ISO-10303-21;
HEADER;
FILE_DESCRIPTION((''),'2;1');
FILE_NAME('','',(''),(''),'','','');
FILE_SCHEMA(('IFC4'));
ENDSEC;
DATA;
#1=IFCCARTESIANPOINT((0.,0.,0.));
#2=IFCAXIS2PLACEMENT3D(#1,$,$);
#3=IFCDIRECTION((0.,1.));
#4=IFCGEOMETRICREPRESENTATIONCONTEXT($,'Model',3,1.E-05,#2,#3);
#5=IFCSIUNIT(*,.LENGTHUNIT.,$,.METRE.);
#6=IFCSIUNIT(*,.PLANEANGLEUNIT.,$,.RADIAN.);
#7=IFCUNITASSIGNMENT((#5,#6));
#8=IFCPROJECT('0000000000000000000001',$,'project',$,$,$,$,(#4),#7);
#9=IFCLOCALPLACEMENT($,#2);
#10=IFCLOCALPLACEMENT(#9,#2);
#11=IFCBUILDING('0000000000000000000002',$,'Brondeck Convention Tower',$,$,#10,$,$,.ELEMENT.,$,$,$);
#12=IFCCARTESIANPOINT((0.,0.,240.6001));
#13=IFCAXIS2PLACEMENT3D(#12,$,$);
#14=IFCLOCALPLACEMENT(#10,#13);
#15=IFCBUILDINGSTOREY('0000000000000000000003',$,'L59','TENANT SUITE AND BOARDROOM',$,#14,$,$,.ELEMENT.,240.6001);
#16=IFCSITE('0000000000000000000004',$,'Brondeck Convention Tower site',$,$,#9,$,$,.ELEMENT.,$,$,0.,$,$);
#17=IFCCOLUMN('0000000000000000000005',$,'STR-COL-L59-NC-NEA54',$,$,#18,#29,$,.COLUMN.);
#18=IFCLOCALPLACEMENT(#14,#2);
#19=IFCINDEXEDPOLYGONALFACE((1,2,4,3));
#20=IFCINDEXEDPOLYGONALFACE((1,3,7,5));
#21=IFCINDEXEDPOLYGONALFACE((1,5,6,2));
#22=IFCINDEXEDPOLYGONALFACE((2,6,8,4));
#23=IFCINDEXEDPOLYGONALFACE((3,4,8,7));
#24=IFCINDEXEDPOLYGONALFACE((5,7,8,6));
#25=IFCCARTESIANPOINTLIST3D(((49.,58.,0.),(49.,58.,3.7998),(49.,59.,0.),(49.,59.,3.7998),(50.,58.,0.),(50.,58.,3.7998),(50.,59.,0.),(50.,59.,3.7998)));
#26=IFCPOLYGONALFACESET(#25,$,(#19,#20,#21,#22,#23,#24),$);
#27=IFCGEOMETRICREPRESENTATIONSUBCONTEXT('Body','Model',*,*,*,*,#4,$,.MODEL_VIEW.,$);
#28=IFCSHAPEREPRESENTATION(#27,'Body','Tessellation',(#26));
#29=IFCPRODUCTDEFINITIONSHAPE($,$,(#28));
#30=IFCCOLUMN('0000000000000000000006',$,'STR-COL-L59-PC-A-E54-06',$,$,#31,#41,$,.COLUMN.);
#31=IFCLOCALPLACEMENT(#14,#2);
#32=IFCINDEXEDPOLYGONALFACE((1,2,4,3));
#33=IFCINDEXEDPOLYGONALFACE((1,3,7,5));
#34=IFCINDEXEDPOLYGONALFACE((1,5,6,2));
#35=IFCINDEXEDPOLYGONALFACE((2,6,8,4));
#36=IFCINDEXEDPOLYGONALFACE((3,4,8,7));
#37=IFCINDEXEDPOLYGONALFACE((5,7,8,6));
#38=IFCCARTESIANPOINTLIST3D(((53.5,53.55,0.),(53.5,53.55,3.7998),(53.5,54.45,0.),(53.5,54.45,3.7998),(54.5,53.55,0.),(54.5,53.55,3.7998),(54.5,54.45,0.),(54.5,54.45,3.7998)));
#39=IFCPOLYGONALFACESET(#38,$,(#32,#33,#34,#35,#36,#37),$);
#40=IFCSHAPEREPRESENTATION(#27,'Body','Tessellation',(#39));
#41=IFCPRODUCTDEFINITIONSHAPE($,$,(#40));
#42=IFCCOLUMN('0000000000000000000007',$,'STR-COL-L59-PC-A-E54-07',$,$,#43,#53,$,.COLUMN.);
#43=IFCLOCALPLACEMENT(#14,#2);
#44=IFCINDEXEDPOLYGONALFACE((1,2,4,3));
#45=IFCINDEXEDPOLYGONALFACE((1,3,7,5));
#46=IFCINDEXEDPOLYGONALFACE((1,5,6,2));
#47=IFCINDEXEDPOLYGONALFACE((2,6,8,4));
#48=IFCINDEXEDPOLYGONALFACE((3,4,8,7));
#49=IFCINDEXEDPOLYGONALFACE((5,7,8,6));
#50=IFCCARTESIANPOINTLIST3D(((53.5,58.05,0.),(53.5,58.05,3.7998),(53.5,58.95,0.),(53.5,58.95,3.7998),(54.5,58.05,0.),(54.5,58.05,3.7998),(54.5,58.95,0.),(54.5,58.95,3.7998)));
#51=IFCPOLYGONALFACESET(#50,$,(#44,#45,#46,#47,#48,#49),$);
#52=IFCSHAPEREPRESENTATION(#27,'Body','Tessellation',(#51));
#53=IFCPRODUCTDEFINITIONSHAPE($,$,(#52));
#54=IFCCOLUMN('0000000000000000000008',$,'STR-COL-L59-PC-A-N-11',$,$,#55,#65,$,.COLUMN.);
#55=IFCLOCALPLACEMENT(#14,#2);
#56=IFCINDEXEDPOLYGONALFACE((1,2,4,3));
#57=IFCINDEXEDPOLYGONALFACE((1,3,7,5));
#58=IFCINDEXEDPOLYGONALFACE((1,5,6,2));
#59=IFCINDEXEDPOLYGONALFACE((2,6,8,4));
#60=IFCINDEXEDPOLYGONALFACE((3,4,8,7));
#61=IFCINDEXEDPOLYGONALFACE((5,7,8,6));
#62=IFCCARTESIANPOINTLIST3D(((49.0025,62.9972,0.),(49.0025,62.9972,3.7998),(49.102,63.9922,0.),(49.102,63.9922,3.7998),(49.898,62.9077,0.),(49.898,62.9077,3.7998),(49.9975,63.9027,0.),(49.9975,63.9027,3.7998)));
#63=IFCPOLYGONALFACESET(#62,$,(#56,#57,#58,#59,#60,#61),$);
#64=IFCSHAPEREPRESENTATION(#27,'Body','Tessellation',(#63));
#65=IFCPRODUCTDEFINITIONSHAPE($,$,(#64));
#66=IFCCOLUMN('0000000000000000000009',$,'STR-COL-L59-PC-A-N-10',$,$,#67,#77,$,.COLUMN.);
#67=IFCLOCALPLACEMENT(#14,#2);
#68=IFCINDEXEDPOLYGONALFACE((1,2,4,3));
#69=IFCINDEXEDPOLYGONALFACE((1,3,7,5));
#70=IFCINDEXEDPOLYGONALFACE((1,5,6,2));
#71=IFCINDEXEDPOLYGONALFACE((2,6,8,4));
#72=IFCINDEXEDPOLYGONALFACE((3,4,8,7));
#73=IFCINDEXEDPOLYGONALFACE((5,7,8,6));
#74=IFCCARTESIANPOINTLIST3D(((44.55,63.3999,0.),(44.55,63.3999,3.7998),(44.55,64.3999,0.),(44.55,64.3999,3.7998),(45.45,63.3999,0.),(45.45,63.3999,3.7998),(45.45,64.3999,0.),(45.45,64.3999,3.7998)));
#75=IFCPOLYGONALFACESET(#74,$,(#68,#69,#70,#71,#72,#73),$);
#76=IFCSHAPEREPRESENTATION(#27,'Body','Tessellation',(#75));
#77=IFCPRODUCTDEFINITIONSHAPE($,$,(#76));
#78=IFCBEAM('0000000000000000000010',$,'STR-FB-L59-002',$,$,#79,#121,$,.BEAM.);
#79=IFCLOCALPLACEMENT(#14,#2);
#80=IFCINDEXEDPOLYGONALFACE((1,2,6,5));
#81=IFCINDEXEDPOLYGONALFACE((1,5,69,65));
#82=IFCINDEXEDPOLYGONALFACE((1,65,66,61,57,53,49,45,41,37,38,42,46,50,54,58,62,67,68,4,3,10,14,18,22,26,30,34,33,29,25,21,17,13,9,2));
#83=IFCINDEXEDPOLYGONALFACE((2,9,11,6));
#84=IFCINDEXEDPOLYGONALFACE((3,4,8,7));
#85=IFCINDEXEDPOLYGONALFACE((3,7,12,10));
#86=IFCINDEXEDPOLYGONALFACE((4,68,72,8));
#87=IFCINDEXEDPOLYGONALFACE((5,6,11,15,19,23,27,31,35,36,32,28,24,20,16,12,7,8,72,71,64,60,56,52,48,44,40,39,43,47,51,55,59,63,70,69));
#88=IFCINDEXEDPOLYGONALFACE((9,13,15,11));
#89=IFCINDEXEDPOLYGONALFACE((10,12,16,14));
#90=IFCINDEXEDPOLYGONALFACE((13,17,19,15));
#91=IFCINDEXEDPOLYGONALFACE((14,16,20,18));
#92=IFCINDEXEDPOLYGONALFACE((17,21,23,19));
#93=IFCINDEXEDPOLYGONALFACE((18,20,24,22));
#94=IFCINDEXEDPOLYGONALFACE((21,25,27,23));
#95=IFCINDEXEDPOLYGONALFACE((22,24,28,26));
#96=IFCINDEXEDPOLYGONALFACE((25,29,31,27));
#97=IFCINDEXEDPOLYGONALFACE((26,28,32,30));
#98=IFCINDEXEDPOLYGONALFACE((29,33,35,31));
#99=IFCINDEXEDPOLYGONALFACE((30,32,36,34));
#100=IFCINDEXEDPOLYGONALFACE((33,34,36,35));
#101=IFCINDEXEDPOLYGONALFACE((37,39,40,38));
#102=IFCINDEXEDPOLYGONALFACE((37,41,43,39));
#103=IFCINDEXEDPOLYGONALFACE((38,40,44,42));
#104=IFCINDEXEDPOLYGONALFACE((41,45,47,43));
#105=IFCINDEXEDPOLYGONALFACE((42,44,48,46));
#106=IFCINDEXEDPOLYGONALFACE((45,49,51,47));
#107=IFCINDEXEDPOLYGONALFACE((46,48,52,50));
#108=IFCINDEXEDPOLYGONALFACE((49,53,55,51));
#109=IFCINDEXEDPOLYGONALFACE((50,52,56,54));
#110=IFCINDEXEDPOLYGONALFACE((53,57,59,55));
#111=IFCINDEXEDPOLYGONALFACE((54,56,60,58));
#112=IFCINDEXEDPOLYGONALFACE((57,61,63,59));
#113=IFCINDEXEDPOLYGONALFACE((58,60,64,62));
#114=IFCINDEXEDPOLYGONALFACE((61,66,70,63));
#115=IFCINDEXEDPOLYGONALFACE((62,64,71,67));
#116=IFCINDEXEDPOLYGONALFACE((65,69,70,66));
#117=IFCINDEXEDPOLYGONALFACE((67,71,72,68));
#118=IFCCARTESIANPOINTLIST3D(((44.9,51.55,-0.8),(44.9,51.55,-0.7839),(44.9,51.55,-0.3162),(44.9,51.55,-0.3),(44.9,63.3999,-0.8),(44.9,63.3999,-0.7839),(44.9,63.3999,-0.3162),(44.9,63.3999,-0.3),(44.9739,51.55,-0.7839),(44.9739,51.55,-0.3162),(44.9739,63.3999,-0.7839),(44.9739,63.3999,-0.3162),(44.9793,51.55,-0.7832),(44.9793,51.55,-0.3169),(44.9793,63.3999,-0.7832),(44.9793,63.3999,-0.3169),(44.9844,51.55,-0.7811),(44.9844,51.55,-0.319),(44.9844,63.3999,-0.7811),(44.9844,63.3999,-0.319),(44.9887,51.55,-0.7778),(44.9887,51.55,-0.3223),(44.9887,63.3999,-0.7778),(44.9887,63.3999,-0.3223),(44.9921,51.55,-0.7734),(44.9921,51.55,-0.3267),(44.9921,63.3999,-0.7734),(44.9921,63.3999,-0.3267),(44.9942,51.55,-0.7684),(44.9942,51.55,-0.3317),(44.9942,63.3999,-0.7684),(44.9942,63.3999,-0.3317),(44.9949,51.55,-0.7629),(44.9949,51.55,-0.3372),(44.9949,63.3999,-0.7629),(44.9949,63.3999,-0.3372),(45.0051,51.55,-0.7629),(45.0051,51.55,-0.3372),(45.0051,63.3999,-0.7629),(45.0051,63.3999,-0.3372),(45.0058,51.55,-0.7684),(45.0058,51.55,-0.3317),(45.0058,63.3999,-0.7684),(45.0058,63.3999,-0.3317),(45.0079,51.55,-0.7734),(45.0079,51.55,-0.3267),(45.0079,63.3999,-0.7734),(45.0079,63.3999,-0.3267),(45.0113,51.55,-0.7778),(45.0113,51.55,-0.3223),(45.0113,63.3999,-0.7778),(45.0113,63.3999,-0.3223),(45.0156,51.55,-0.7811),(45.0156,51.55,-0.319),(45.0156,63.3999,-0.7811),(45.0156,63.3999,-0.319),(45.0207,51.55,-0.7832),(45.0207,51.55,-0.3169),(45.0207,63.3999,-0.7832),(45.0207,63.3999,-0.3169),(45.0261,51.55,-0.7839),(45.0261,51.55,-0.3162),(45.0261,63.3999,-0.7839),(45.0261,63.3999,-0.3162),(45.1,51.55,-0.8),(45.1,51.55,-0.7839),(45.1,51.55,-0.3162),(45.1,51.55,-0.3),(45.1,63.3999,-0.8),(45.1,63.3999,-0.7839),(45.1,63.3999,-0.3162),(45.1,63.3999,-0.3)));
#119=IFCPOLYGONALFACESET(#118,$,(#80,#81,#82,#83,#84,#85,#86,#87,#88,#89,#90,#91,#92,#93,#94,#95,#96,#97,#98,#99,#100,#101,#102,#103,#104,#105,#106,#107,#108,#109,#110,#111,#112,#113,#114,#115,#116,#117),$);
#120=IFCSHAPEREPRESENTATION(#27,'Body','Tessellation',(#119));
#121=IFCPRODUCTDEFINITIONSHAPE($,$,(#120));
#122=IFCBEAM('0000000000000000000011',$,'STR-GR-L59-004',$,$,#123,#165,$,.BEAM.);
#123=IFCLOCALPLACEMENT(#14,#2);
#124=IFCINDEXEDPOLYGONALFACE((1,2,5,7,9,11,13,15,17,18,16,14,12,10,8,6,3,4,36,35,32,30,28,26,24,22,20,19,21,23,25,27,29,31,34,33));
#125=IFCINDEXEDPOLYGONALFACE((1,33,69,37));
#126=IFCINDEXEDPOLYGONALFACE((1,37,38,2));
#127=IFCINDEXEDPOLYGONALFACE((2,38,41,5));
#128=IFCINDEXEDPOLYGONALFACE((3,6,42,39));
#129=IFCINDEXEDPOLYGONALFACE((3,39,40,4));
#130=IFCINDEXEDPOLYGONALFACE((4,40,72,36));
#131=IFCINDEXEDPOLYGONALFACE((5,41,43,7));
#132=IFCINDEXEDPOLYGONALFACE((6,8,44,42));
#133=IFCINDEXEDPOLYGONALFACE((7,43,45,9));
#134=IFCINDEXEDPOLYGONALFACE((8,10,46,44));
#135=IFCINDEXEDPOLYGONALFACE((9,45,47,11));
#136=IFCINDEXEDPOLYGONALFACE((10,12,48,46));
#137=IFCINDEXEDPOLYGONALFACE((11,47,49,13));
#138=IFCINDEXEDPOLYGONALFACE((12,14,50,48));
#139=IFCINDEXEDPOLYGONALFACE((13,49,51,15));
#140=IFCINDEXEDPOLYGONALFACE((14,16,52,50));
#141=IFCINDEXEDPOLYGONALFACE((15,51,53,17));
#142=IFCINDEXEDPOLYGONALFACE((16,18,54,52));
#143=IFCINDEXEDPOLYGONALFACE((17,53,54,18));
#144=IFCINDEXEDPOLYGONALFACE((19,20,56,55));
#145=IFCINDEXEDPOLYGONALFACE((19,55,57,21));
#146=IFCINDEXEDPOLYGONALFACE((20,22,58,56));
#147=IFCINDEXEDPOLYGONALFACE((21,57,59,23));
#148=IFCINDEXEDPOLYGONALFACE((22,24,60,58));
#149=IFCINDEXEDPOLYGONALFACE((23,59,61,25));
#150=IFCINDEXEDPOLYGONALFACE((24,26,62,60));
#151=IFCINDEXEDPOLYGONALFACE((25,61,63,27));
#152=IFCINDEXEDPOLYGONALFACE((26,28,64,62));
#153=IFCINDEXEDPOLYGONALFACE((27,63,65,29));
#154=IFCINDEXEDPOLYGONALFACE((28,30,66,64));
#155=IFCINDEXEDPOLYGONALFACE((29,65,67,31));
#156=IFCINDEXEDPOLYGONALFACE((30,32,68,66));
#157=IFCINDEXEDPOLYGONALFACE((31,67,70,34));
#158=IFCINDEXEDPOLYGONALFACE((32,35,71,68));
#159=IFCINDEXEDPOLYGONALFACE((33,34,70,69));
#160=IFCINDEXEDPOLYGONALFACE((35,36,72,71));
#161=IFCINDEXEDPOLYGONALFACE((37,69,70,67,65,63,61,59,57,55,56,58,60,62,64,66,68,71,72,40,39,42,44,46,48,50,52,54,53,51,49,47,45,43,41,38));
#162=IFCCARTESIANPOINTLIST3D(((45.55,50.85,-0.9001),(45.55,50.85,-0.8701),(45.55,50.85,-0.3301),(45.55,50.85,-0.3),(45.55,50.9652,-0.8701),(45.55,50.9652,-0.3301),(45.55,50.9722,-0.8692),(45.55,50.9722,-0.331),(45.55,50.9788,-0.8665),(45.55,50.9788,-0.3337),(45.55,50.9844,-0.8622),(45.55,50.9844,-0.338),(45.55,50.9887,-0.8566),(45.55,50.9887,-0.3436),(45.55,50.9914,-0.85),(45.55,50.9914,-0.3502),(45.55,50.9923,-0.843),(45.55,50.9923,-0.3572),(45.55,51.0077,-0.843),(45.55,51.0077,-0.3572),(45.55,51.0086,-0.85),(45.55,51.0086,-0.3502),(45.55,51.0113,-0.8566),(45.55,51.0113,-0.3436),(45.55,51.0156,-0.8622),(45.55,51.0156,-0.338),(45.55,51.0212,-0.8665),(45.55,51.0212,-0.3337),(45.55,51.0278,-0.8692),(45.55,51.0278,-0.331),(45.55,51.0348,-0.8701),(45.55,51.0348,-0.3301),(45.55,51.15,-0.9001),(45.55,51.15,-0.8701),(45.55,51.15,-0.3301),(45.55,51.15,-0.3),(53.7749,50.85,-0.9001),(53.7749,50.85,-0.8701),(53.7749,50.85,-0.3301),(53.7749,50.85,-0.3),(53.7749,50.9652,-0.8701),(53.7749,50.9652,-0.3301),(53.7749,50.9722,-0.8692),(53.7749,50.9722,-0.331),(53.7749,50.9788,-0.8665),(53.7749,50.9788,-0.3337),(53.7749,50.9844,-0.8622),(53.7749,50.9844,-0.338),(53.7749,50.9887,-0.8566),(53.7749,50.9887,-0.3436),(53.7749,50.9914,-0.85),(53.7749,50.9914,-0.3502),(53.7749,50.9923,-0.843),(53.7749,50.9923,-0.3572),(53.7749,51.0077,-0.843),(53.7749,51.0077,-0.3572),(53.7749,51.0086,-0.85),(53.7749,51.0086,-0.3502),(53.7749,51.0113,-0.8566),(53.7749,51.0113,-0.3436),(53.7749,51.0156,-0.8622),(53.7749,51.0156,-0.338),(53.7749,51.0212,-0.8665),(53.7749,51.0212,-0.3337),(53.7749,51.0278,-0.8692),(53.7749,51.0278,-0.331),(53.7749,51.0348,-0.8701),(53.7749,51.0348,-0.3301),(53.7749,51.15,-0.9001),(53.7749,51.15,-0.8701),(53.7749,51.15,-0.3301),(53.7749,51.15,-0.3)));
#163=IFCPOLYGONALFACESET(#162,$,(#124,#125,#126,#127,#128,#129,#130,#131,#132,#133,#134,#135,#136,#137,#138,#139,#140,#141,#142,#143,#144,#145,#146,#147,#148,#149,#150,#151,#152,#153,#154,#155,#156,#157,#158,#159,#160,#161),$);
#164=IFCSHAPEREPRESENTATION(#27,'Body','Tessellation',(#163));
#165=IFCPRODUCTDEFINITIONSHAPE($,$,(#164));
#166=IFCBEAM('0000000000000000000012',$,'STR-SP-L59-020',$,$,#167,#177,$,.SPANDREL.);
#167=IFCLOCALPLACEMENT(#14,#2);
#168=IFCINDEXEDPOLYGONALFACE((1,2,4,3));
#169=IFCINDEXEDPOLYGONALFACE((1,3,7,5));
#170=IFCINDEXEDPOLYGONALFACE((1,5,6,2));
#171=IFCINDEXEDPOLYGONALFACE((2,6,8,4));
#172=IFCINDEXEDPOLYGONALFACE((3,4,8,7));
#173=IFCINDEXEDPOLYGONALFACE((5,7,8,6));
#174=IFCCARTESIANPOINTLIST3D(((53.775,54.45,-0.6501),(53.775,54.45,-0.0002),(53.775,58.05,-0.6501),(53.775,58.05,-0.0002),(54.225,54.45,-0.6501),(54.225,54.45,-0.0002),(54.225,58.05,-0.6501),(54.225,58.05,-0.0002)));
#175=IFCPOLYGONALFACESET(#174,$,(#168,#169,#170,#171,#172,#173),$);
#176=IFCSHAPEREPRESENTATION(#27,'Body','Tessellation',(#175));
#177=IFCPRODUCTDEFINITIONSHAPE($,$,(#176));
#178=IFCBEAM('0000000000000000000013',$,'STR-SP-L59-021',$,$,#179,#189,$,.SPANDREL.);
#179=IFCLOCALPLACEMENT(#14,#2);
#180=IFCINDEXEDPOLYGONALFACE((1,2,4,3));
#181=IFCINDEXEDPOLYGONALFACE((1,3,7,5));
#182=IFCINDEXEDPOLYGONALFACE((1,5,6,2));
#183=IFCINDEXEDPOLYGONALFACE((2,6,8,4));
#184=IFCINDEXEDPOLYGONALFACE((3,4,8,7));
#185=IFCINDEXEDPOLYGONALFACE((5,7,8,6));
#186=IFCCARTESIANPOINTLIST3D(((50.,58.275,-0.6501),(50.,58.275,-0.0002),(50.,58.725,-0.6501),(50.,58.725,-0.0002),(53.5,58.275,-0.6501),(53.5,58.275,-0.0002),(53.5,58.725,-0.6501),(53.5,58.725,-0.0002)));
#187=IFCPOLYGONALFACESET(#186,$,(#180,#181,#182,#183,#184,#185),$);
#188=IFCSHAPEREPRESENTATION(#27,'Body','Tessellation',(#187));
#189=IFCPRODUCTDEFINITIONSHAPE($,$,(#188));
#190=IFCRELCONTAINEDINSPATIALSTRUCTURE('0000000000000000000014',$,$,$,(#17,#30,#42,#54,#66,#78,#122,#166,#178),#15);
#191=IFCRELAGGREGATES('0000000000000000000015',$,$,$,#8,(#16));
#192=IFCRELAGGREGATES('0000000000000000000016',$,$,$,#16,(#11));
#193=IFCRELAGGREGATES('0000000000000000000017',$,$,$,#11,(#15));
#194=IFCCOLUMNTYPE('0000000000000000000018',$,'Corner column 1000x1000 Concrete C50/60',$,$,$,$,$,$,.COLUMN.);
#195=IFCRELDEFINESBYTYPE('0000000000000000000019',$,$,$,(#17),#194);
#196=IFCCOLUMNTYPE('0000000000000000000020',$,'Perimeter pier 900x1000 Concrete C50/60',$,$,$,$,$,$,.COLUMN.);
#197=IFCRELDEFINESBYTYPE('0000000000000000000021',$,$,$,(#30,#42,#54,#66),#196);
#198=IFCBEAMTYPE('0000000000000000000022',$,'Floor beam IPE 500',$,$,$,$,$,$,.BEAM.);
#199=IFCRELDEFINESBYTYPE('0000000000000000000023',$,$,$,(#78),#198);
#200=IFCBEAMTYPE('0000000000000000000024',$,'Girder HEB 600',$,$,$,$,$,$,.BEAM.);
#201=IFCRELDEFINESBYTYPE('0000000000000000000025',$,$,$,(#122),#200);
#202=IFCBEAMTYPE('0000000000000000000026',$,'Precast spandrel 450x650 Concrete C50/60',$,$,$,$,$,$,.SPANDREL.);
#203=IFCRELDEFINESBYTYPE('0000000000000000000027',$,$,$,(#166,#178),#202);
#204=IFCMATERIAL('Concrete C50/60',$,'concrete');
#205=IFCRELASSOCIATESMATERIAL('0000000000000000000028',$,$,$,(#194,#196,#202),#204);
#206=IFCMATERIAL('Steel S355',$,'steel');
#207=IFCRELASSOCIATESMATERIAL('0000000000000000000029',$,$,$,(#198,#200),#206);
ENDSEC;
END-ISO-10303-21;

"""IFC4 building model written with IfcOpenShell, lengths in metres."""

from ifc_helpers import new_model, si_unit, direction, frame, origin, origin_2d, place, context, subcontext, project, spatial, rectangle, i_section, extrude, material, material_profile, profile_set, type_object, element, save


model = new_model("IFC4")

# Units and contexts
model_context = context("Model", 3, precision=1e-05, world=origin(), true_north=direction((0.0, 1.0)))
body_context = subcontext(model_context, "Body", "Model", "MODEL_VIEW")
ifc_project = project(units=[si_unit("LENGTHUNIT", "METRE"), si_unit("PLANEANGLEUNIT", "RADIAN")], contexts=[model_context])

# Site, building, storey
site_placement = place(None, origin())
site = spatial("IfcSite", under=ifc_project, at=site_placement, Name="Brondeck Convention Tower site", CompositionType="ELEMENT", RefElevation=0.0)
building_placement = place(site_placement, origin())
building = spatial("IfcBuilding", under=site, at=building_placement, Name="Brondeck Convention Tower", CompositionType="ELEMENT")
storey_placement = place(building_placement, frame((0.0, 0.0, 240.6001)))
storey = spatial("IfcBuildingStorey", under=building, at=storey_placement, Name="L59", Description="TENANT SUITE AND BOARDROOM", CompositionType="ELEMENT", Elevation=240.6001)

# Columns
ifc_material_1 = material(Name="Concrete C50/60", Category="concrete")
ifc_material_profile_1 = material_profile(ifc_material_1, rectangle(XDim=1.0, YDim=1.0, at=origin_2d()), Name="Corner column 1000x1000 Concrete C50/60")
ifc_profile_set_1 = profile_set([ifc_material_profile_1], Name="Concrete C50/60")
column_type_1 = type_object("IfcColumnType", Name="Corner column 1000x1000 Concrete C50/60", PredefinedType="COLUMN", material=ifc_profile_set_1)
column_placement = place(storey_placement, frame((49.5, 58.5, 0.0), z_axis=(0.0, 0.0, 1.0), x_axis=(1.0, 0.0, 0.0)))
element("IfcColumn", 1, at=column_placement, inside=storey, type_object=column_type_1, Name="STR-COL-L59-NC-NEA54", PredefinedType="COLUMN", context=body_context, shape_type="SweptSolid", body=[
    extrude(rectangle(XDim=1.0, YDim=1.0, at=origin_2d()), origin(), (0.0, 0.0, 1.0), 3.7998),
])
ifc_material_profile_2 = material_profile(ifc_material_1, rectangle(XDim=0.8999, YDim=1.0, at=origin_2d()), Name="Perimeter pier 900x1000 Concrete C50/60")
ifc_profile_set_2 = profile_set([ifc_material_profile_2], Name="Concrete C50/60")
column_type_2 = type_object("IfcColumnType", Name="Perimeter pier 900x1000 Concrete C50/60", PredefinedType="COLUMN", material=ifc_profile_set_2)
for number, where, z_axis, x_axis, name in (
    (2, (54.0, 54.0, 0.0), (0.0, 0.0, 1.0), (0.0, 1.0, 0.0), "STR-COL-L59-PC-A-E54-06"),
    (3, (54.0, 58.5, 0.0), (0.0, 0.0, 1.0), (0.0, 1.0, 0.0), "STR-COL-L59-PC-A-E54-07"),
    (4, (49.5, 63.45, 0.0), (0.0, 0.0, 1.0), (-0.995037, 0.099504, 0.0), "STR-COL-L59-PC-A-N-11"),
    (5, (45.0, 63.8999, 0.0), (0.0, 0.0, 1.0), (-1.0, 0.0, 0.0), "STR-COL-L59-PC-A-N-10"),
):
    element("IfcColumn", number, at=place(storey_placement, frame(where, z_axis=z_axis, x_axis=x_axis)), inside=storey, type_object=column_type_2, Name=name, PredefinedType="COLUMN", context=body_context, shape_type="SweptSolid", body=[
        extrude(rectangle(XDim=0.8999, YDim=1.0, at=origin_2d()), origin(), (0.0, 0.0, 1.0), 3.7998),
    ])

# Beams
ifc_material_2 = material(Name="Steel S355", Category="steel")
ifc_material_profile_3 = material_profile(ifc_material_2, i_section(OverallWidth=0.2, OverallDepth=0.5, WebThickness=0.0103, FlangeThickness=0.0161, FilletRadius=0.021, at=origin_2d()), Name="IPE 500")
ifc_profile_set_3 = profile_set([ifc_material_profile_3], Name="Steel S355")
beam_type_1 = type_object("IfcBeamType", Name="Floor beam IPE 500", PredefinedType="BEAM", material=ifc_profile_set_3)
beam_1_placement = place(storey_placement, frame((45.0, 51.55, -0.55), z_axis=(0.0, 1.0, 0.0), x_axis=(-1.0, 0.0, 0.0)))
element("IfcBeam", 6, at=beam_1_placement, inside=storey, type_object=beam_type_1, Name="STR-FB-L59-002", PredefinedType="BEAM", context=body_context, shape_type="SweptSolid", body=[
    extrude(i_section(OverallWidth=0.2, OverallDepth=0.5, WebThickness=0.0103, FlangeThickness=0.0161, FilletRadius=0.021, at=origin_2d()), origin(), (0.0, 0.0, 1.0), 11.8499),
])
ifc_material_profile_4 = material_profile(ifc_material_2, i_section(OverallWidth=0.3, OverallDepth=0.6001, WebThickness=0.0154, FlangeThickness=0.03, FilletRadius=0.0271, at=origin_2d()), Name="HEB 600")
ifc_profile_set_4 = profile_set([ifc_material_profile_4], Name="Steel S355")
beam_type_2 = type_object("IfcBeamType", Name="Girder HEB 600", PredefinedType="BEAM", material=ifc_profile_set_4)
beam_2_placement = place(storey_placement, frame((45.55, 51.0, -0.6001), z_axis=(1.0, 0.0, 0.0), x_axis=(0.0, 1.0, 0.0)))
element("IfcBeam", 7, at=beam_2_placement, inside=storey, type_object=beam_type_2, Name="STR-GR-L59-004", PredefinedType="BEAM", context=body_context, shape_type="SweptSolid", body=[
    extrude(i_section(OverallWidth=0.3, OverallDepth=0.6001, WebThickness=0.0154, FlangeThickness=0.03, FilletRadius=0.0271, at=origin_2d()), origin(), (0.0, 0.0, 1.0), 8.2249),
])
ifc_material_profile_5 = material_profile(ifc_material_1, rectangle(XDim=0.45, YDim=0.6499, at=origin_2d()), Name="Precast spandrel 450x650 Concrete C50/60")
ifc_profile_set_5 = profile_set([ifc_material_profile_5], Name="Concrete C50/60")
beam_type_3 = type_object("IfcBeamType", Name="Precast spandrel 450x650 Concrete C50/60", PredefinedType="SPANDREL", material=ifc_profile_set_5)
beam_3_placement = place(storey_placement, frame((54.0, 54.45, -0.3252), z_axis=(0.0, 1.0, 0.0), x_axis=(-1.0, 0.0, 0.0)))
element("IfcBeam", 8, at=beam_3_placement, inside=storey, type_object=beam_type_3, Name="STR-SP-L59-020", PredefinedType="SPANDREL", context=body_context, shape_type="SweptSolid", body=[
    extrude(rectangle(XDim=0.45, YDim=0.6499, at=origin_2d()), origin(), (0.0, 0.0, 1.0), 3.6001),
])
beam_4_placement = place(storey_placement, frame((53.5, 58.5, -0.3252), z_axis=(-1.0, 0.0, 0.0), x_axis=(0.0, -1.0, 0.0)))
element("IfcBeam", 9, at=beam_4_placement, inside=storey, type_object=beam_type_3, Name="STR-SP-L59-021", PredefinedType="SPANDREL", context=body_context, shape_type="SweptSolid", body=[
    extrude(rectangle(XDim=0.45, YDim=0.6499, at=origin_2d()), origin(), (0.0, 0.0, 1.0), 3.5),
])

save(model, "model.ifc")
